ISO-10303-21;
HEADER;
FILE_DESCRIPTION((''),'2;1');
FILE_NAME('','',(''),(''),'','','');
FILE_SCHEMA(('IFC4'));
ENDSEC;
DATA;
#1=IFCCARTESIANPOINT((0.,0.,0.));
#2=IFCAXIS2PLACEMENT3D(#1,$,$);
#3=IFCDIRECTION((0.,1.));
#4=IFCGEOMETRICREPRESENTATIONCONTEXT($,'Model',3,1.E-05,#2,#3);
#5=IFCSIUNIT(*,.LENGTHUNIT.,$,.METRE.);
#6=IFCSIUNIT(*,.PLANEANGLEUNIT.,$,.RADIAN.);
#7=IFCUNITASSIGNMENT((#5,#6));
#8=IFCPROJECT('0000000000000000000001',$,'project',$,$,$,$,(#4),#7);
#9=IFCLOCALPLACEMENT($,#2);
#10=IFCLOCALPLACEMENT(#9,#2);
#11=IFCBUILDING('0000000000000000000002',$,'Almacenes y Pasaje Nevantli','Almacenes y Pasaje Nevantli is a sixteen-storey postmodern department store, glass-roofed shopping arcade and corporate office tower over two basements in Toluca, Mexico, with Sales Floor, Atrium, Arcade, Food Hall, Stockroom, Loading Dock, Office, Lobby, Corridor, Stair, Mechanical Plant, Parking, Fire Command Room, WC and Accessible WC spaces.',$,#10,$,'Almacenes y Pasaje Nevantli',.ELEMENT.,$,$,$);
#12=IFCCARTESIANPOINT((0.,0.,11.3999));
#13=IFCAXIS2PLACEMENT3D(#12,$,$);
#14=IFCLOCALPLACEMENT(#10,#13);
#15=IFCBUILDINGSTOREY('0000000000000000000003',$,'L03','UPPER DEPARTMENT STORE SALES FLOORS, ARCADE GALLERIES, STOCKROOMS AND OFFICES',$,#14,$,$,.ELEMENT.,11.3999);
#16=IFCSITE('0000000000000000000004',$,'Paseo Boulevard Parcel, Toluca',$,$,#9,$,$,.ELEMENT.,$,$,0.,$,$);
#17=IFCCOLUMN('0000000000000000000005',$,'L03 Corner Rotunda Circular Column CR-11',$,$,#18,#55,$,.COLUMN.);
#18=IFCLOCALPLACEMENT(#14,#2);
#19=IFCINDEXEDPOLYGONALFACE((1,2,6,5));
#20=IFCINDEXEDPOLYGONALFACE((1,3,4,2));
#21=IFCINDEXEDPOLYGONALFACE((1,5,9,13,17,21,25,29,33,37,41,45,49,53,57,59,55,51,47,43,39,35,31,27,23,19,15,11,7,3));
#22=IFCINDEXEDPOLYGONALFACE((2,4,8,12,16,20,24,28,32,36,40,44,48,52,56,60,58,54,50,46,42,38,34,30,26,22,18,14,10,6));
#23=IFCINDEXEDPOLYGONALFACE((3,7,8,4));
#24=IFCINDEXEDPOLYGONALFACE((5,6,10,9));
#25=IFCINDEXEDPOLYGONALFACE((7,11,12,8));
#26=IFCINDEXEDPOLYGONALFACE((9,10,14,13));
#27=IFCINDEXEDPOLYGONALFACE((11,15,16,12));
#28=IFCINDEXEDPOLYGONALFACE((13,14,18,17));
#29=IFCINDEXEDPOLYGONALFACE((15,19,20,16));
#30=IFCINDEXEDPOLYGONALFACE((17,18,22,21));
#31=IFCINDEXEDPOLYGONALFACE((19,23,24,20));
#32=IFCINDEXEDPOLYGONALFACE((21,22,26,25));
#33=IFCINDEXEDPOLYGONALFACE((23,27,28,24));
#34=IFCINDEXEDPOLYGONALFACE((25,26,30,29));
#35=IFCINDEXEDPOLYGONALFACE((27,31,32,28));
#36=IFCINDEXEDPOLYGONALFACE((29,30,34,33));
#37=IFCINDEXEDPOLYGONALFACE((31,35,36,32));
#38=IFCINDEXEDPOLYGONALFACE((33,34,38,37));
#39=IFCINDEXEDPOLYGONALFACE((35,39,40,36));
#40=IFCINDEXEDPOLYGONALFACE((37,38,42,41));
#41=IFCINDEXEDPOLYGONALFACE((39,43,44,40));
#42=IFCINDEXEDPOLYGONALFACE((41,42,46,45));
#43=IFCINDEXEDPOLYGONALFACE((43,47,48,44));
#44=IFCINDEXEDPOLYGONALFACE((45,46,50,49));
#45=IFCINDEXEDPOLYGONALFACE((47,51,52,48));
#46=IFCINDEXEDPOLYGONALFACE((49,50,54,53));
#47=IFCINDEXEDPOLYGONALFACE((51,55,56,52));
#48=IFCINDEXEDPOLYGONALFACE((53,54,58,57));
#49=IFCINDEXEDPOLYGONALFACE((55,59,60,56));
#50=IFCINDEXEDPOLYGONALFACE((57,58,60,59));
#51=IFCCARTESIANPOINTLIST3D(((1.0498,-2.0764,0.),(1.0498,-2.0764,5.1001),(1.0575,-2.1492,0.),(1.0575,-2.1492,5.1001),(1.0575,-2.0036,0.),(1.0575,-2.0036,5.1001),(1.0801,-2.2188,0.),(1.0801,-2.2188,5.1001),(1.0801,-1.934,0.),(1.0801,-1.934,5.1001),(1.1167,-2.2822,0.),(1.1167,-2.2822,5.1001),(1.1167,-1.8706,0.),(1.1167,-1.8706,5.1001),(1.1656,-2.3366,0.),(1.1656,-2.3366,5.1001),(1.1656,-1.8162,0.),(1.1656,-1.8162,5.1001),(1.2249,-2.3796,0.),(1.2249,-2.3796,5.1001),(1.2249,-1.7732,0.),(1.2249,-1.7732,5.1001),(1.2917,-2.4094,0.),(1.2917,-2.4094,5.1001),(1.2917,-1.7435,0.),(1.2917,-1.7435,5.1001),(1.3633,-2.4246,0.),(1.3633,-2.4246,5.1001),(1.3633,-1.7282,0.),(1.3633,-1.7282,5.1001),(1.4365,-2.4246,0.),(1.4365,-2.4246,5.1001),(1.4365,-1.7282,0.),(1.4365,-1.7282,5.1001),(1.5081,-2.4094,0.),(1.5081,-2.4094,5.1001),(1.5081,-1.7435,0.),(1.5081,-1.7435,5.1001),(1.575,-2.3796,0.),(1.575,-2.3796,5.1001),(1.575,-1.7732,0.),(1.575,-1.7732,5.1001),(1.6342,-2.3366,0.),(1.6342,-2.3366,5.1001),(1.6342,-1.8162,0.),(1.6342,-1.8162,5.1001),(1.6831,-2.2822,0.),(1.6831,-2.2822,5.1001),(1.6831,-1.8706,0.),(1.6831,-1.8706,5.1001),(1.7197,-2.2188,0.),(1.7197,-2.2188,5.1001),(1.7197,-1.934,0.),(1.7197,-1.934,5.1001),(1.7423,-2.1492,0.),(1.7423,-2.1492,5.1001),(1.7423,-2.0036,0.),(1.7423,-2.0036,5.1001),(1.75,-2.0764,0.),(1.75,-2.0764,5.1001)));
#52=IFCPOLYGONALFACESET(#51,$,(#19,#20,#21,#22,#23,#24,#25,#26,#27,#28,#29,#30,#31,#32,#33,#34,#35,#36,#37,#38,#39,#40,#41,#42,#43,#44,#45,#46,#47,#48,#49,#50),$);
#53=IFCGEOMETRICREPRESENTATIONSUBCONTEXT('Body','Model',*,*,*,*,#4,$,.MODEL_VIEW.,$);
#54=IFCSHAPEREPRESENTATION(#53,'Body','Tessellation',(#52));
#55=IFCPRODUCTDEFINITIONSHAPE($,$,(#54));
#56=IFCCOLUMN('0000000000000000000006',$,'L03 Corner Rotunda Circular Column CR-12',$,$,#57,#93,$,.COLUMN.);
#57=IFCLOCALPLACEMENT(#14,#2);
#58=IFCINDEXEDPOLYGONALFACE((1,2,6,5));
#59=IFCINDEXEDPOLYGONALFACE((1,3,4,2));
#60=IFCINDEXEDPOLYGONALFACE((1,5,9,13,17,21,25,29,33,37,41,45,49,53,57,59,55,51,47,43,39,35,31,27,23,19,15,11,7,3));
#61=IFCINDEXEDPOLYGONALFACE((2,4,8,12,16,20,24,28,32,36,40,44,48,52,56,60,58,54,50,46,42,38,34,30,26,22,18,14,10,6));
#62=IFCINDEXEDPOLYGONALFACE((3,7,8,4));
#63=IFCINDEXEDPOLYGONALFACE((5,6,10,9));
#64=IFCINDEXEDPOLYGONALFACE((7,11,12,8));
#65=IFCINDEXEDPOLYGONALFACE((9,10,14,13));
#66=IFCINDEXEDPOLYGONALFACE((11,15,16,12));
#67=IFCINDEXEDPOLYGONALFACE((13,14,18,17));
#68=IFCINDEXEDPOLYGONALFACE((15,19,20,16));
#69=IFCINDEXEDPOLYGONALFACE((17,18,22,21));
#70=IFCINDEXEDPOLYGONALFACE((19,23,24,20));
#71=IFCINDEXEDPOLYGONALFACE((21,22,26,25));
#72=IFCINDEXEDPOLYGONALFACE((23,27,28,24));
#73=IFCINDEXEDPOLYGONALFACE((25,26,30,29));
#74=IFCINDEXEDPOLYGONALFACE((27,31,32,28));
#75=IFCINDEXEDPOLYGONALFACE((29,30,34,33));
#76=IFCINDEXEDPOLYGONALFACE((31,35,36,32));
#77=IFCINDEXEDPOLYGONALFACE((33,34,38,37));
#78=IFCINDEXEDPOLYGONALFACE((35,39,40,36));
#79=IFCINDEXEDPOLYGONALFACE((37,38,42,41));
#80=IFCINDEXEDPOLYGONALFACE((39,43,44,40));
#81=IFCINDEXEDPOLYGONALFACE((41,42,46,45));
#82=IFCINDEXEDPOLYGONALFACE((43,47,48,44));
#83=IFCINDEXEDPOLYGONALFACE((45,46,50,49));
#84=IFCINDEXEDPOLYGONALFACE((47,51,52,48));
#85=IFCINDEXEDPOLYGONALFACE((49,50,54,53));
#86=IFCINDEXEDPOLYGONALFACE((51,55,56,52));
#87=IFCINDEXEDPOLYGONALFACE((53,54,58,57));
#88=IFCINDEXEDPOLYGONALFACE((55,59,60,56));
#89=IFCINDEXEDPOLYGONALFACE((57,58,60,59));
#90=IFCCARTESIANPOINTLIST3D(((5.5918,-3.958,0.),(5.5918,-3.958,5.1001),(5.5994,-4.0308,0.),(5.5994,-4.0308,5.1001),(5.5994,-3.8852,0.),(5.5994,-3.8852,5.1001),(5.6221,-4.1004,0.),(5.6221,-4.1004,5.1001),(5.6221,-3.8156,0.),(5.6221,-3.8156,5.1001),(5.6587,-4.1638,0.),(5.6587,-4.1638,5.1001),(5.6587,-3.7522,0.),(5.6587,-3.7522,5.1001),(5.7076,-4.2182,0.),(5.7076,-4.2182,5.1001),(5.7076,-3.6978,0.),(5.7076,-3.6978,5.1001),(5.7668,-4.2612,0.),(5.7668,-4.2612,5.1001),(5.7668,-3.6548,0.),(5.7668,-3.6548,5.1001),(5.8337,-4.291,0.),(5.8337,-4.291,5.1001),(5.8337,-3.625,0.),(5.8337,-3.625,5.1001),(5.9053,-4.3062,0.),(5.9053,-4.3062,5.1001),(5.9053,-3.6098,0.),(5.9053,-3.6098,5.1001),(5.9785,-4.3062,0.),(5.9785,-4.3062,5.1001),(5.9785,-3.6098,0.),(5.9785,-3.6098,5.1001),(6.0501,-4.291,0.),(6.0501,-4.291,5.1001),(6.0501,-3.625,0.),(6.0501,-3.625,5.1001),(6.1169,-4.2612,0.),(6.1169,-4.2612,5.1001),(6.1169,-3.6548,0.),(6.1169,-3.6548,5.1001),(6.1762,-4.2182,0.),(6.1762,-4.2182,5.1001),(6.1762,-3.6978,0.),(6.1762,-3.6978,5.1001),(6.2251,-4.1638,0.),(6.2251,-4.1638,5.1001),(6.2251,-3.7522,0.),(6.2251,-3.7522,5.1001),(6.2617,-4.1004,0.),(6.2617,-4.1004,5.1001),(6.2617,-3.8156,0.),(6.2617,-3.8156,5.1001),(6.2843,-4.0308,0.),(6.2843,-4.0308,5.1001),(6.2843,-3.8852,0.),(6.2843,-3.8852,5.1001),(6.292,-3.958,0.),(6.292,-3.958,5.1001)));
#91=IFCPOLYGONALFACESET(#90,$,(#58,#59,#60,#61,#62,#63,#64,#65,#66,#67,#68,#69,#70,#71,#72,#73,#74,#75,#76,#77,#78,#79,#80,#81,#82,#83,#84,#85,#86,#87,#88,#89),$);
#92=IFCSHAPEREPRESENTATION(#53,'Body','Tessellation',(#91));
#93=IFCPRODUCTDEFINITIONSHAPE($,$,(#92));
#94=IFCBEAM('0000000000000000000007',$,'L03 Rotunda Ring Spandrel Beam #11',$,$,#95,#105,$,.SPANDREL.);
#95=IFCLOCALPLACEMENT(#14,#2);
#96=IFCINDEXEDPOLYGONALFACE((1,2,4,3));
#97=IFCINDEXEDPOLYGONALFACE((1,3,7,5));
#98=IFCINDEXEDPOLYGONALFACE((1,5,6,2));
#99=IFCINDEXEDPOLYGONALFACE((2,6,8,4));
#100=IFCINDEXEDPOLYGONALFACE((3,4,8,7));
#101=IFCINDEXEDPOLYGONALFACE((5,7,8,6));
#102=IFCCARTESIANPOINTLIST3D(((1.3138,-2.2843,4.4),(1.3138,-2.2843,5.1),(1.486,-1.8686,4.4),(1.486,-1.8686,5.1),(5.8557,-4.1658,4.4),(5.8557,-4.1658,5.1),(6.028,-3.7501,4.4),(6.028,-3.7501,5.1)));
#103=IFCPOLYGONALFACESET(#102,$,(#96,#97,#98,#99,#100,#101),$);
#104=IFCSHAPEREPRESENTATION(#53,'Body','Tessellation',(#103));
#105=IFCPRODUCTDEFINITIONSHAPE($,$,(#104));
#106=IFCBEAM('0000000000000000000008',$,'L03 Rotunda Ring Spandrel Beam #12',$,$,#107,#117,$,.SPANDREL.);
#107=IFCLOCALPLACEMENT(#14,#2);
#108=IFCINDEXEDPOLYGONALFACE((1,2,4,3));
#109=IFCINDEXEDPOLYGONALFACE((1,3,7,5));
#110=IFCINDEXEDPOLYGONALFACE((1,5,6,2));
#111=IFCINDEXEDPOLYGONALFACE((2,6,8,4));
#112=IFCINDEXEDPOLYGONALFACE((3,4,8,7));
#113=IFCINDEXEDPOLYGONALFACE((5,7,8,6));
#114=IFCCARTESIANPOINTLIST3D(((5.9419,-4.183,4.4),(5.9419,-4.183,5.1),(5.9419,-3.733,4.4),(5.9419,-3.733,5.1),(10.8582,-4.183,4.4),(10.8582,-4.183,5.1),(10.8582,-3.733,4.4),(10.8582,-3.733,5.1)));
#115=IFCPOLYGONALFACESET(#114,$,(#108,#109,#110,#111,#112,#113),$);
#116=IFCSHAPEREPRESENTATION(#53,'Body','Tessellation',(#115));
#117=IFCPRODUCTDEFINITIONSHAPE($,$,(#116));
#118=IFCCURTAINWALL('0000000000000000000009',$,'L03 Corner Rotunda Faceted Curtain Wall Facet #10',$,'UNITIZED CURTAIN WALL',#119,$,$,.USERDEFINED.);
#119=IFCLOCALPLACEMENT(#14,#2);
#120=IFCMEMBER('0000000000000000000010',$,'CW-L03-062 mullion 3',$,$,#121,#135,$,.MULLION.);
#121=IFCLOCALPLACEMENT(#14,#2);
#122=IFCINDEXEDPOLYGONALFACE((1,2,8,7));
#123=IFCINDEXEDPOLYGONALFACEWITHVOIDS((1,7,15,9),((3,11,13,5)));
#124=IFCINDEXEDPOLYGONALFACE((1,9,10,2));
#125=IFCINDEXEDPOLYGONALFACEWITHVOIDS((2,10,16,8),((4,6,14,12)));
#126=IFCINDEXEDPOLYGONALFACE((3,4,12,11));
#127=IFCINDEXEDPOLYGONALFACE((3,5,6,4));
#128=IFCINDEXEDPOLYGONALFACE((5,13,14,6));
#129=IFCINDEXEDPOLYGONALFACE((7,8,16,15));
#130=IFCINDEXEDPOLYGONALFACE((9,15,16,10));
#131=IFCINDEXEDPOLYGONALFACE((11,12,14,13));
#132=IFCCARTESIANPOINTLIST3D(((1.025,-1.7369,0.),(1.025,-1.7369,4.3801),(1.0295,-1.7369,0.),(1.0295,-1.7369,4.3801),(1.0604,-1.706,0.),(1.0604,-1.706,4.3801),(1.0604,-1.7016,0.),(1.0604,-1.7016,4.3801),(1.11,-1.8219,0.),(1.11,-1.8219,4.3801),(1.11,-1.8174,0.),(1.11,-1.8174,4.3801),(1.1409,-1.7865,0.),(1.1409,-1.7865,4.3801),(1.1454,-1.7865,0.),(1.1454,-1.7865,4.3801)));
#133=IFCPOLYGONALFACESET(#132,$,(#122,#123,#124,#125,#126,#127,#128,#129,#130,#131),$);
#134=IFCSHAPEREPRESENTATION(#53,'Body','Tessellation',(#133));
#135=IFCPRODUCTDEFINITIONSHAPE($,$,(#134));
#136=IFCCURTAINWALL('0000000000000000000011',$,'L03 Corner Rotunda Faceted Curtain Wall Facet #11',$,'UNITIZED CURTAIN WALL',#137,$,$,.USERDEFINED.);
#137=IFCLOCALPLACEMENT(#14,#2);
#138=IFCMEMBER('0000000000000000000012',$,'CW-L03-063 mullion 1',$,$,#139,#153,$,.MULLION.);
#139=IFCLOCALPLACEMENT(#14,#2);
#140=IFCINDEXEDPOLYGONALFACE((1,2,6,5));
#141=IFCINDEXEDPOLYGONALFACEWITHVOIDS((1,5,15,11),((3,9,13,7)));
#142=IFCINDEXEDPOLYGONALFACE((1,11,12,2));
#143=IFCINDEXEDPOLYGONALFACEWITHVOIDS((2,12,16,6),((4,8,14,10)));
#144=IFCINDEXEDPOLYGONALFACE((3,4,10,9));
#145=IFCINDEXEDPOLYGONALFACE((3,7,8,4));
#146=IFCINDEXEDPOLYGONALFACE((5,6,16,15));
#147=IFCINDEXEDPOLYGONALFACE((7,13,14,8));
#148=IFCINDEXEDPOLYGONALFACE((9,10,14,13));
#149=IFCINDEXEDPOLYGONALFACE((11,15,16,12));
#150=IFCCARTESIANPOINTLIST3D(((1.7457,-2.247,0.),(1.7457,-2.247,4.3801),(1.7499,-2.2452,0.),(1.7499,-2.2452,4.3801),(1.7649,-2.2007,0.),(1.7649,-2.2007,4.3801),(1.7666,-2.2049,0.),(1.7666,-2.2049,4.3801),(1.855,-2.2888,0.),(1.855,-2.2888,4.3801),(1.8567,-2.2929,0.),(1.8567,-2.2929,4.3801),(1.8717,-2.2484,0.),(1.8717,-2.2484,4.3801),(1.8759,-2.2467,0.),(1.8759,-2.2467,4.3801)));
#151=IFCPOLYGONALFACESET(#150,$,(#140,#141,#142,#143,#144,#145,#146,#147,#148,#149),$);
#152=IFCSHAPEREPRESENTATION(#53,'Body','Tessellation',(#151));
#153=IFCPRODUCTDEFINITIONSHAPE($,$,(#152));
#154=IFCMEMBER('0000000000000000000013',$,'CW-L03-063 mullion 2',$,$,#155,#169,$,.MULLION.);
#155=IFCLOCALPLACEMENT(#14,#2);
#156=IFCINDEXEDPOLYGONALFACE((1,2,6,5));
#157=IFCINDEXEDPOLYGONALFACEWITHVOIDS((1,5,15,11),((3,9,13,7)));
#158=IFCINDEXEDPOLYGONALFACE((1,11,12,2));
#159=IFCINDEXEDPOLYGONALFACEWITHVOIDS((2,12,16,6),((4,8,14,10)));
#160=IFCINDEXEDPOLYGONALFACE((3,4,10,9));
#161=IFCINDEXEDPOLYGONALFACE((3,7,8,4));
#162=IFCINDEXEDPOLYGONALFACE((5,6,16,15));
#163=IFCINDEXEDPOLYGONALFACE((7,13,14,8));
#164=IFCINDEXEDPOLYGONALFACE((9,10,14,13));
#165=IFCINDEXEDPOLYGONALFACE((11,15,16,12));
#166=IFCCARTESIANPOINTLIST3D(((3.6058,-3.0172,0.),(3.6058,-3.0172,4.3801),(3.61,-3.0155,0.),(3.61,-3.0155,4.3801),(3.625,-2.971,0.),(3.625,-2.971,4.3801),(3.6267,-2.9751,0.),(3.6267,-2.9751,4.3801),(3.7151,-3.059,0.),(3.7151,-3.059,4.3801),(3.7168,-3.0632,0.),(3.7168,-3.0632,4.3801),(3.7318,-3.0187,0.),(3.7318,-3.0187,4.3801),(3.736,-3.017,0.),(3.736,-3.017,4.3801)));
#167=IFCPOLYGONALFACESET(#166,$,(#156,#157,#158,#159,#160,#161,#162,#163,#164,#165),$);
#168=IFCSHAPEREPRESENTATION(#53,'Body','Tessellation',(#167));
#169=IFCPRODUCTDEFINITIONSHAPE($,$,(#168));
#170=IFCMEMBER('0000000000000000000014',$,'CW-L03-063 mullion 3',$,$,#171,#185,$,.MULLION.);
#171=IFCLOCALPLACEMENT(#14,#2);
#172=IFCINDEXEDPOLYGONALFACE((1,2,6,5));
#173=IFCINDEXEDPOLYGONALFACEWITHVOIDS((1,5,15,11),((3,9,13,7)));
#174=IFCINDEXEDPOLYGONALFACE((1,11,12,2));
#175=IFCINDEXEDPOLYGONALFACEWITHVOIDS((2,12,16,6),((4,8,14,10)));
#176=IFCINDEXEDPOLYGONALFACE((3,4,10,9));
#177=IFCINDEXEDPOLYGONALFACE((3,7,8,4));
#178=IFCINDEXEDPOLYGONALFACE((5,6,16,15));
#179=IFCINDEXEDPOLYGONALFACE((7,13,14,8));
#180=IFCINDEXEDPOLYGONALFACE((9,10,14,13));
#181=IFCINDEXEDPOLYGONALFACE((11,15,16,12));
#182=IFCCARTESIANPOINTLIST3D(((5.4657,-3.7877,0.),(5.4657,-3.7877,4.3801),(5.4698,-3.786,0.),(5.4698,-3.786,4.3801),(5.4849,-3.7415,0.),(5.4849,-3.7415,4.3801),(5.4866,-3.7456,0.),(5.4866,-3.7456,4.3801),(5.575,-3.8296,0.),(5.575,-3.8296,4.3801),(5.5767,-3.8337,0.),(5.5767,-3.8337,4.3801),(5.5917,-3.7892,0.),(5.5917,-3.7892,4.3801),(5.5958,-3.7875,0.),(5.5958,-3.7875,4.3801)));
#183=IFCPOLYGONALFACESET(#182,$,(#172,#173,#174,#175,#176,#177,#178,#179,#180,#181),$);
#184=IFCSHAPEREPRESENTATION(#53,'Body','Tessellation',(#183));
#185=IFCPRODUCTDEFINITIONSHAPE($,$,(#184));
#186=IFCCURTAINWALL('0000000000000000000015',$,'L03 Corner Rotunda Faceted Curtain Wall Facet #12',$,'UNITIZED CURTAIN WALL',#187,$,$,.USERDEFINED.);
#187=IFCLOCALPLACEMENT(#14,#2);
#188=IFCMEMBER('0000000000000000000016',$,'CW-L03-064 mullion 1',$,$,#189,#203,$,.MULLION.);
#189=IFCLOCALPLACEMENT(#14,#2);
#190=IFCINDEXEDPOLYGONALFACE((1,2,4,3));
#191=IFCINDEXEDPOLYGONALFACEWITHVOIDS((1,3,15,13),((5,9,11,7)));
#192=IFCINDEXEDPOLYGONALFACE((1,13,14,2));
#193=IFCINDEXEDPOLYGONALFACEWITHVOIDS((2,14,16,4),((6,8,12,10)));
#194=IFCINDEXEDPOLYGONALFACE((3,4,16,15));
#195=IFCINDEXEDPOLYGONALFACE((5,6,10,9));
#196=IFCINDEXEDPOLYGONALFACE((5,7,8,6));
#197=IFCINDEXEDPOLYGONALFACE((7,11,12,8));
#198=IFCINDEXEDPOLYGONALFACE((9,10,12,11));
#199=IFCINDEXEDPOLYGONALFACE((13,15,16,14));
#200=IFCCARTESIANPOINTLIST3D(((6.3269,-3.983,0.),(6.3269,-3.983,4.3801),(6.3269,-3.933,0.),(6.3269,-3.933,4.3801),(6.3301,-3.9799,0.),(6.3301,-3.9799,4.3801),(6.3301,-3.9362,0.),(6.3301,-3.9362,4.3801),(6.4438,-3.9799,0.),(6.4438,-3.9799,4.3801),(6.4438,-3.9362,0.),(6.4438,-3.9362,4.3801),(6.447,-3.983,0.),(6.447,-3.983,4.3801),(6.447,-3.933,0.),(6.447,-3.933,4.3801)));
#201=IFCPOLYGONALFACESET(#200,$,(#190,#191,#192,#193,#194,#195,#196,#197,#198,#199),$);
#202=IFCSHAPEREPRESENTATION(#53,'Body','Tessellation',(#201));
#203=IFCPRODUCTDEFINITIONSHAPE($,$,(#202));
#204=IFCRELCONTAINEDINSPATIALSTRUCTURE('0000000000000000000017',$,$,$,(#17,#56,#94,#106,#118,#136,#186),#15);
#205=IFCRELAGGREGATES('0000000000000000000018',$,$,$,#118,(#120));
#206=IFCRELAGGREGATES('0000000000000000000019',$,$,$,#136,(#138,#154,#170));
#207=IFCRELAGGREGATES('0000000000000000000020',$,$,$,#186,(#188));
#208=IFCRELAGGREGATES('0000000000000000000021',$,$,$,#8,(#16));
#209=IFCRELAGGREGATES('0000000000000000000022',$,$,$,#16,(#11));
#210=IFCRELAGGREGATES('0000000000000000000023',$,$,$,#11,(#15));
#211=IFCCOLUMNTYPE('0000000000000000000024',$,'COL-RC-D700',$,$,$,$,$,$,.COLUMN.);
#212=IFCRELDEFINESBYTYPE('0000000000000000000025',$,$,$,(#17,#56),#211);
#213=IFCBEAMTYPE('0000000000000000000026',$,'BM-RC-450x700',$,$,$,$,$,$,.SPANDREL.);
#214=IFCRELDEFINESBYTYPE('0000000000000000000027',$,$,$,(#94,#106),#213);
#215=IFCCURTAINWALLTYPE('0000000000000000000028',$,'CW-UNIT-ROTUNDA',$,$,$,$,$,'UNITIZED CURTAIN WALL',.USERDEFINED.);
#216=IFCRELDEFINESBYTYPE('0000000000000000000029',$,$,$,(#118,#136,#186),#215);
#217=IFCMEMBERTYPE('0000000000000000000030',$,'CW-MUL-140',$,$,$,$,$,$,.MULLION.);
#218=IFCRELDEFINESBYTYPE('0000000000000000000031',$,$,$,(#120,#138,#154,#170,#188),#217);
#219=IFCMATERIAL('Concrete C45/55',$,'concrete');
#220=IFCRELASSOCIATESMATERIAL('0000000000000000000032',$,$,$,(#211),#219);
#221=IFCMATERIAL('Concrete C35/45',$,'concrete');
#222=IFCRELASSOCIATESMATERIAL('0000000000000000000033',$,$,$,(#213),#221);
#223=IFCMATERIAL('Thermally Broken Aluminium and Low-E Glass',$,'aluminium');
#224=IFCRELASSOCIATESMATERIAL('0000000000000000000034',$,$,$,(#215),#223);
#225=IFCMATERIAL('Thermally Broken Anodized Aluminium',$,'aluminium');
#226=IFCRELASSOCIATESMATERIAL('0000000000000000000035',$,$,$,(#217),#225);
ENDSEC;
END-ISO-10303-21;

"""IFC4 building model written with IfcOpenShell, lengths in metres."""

from ifc_helpers import new_model, si_unit, direction, frame, origin, origin_2d, place, context, subcontext, project, spatial, rectangle, hollow_rectangle, circle, extrude, material, material_profile, profile_set, type_object, element, aggregate, save


model = new_model("IFC4")

# Units and contexts
model_context = context("Model", 3, precision=1e-05, world=origin(), true_north=direction((0.0, 1.0)))
body_context = subcontext(model_context, "Body", "Model", "MODEL_VIEW")
ifc_project = project(units=[si_unit("LENGTHUNIT", "METRE"), si_unit("PLANEANGLEUNIT", "RADIAN")], contexts=[model_context])

# Site, building, storey
site_placement = place(None, origin())
site = spatial("IfcSite", under=ifc_project, at=site_placement, Name="Paseo Boulevard Parcel, Toluca", CompositionType="ELEMENT", RefElevation=0.0)
building_placement = place(site_placement, origin())
building = spatial("IfcBuilding", under=site, at=building_placement, Name="Almacenes y Pasaje Nevantli", Description="Almacenes y Pasaje Nevantli is a sixteen-storey postmodern department store, glass-roofed shopping arcade and corporate office tower over two basements in Toluca, Mexico, with Sales Floor, Atrium, Arcade, Food Hall, Stockroom, Loading Dock, Office, Lobby, Corridor, Stair, Mechanical Plant, Parking, Fire Command Room, WC and Accessible WC spaces.", LongName="Almacenes y Pasaje Nevantli", CompositionType="ELEMENT")
storey_placement = place(building_placement, frame((0.0, 0.0, 11.3999)))
storey = spatial("IfcBuildingStorey", under=building, at=storey_placement, Name="L03", Description="UPPER DEPARTMENT STORE SALES FLOORS, ARCADE GALLERIES, STOCKROOMS AND OFFICES", CompositionType="ELEMENT", Elevation=11.3999)

# Columns
ifc_material_1 = material(Name="Concrete C45/55", Category="concrete")
ifc_material_profile_1 = material_profile(ifc_material_1, circle(Radius=0.3501, at=origin_2d()), Name="RC-COL-D700")
ifc_profile_set_1 = profile_set([ifc_material_profile_1], Name="Concrete C45/55")
column_type = type_object("IfcColumnType", Name="COL-RC-D700", PredefinedType="COLUMN", material=ifc_profile_set_1)
for number, where, z_axis, x_axis, name in (
    (1, (1.3999, -2.0764, 0.0), (0.0, 0.0, 1.0), (1.0, 0.0, 0.0), "L03 Corner Rotunda Circular Column CR-11"),
    (2, (5.9419, -3.958, 0.0), (0.0, 0.0, 1.0), (1.0, 0.0, 0.0), "L03 Corner Rotunda Circular Column CR-12"),
):
    element("IfcColumn", number, at=place(storey_placement, frame(where, z_axis=z_axis, x_axis=x_axis)), inside=storey, type_object=column_type, Name=name, PredefinedType="COLUMN", context=body_context, shape_type="SweptSolid", body=[
        extrude(circle(Radius=0.3501, at=origin_2d()), origin(), (0.0, 0.0, 1.0), 5.1001),
    ])

# Beams
ifc_material_2 = material(Name="Concrete C35/45", Category="concrete")
ifc_material_profile_2 = material_profile(ifc_material_2, rectangle(XDim=0.45, YDim=0.7, at=origin_2d()), Name="RC-BM-450x700")
ifc_profile_set_2 = profile_set([ifc_material_profile_2], Name="Concrete C35/45")
beam_type = type_object("IfcBeamType", Name="BM-RC-450x700", PredefinedType="SPANDREL", material=ifc_profile_set_2)
for number, where, z_axis, x_axis, name in (
    (3, (1.3999, -2.0764, 4.75), (0.923862, -0.382725, 0.0), (0.382725, 0.923862, 0.0), "L03 Rotunda Ring Spandrel Beam #11"),
    (4, (5.9419, -3.958, 4.75), (1.0, 0.0, 0.0), (0.0, 1.0, 0.0), "L03 Rotunda Ring Spandrel Beam #12"),
):
    element("IfcBeam", number, at=place(storey_placement, frame(where, z_axis=z_axis, x_axis=x_axis)), inside=storey, type_object=beam_type, Name=name, PredefinedType="SPANDREL", context=body_context, shape_type="SweptSolid", body=[
        extrude(rectangle(XDim=0.45, YDim=0.7, at=origin_2d()), origin(), (0.0, 0.0, 1.0), 4.9163),
    ])

# Curtain wall, member
ifc_material_3 = material(Name="Thermally Broken Aluminium and Low-E Glass", Category="aluminium")
curtain_wall_type = type_object("IfcCurtainWallType", Name="CW-UNIT-ROTUNDA", ElementType="UNITIZED CURTAIN WALL", PredefinedType="USERDEFINED", material=ifc_material_3)
curtain_wall_1_placement = place(storey_placement, origin())
curtain_wall_1 = element("IfcCurtainWall", 5, at=curtain_wall_1_placement, inside=storey, type_object=curtain_wall_type, Name="L03 Corner Rotunda Faceted Curtain Wall Facet #10", ObjectType="UNITIZED CURTAIN WALL", PredefinedType="USERDEFINED")
ifc_material_4 = material(Name="Thermally Broken Anodized Aluminium", Category="aluminium")
ifc_material_profile_3 = material_profile(ifc_material_4, hollow_rectangle(XDim=0.05, YDim=0.1201, WallThickness=0.0032, at=origin_2d()), Name="ALU-MUL-50x120")
ifc_profile_set_3 = profile_set([ifc_material_profile_3], Name="Thermally Broken Anodized Aluminium")
member_type_1 = type_object("IfcMemberType", Name="CW-MUL-140", PredefinedType="MULLION", material=ifc_profile_set_3)
member_1_placement = place(storey_placement, frame((1.0852, -1.7617, 0.0), z_axis=(0.0, 0.0, 1.0), x_axis=(0.707107, 0.707107, 0.0)))
member_1 = element("IfcMember", 6, at=member_1_placement, type_object=member_type_1, Name="CW-L03-062 mullion 3", PredefinedType="MULLION", context=body_context, shape_type="SweptSolid", body=[
    extrude(hollow_rectangle(XDim=0.05, YDim=0.1201, WallThickness=0.0032, at=origin_2d()), origin(), (0.0, 0.0, 1.0), 4.3801),
])

# Curtain walls, members
curtain_wall_2_placement = place(storey_placement, origin())
curtain_wall_2 = element("IfcCurtainWall", 7, at=curtain_wall_2_placement, inside=storey, type_object=curtain_wall_type, Name="L03 Corner Rotunda Faceted Curtain Wall Facet #11", ObjectType="UNITIZED CURTAIN WALL", PredefinedType="USERDEFINED")
member_2_placement = place(storey_placement, frame((1.8108, -2.2468, 0.0), z_axis=(0.0, 0.0, 1.0), x_axis=(0.382698, 0.923873, 0.0)))
member_2 = element("IfcMember", 8, at=member_2_placement, type_object=member_type_1, Name="CW-L03-063 mullion 1", PredefinedType="MULLION", context=body_context, shape_type="SweptSolid", body=[
    extrude(hollow_rectangle(XDim=0.05, YDim=0.1201, WallThickness=0.0032, at=origin_2d()), origin(), (0.0, 0.0, 1.0), 4.3801),
])
member_3_placement = place(storey_placement, frame((3.6709, -3.0171, 0.0), z_axis=(0.0, 0.0, 1.0), x_axis=(0.382698, 0.923873, 0.0)))
member_3 = element("IfcMember", 9, at=member_3_placement, type_object=member_type_1, Name="CW-L03-063 mullion 2", PredefinedType="MULLION", context=body_context, shape_type="SweptSolid", body=[
    extrude(hollow_rectangle(XDim=0.05, YDim=0.1201, WallThickness=0.0032, at=origin_2d()), origin(), (0.0, 0.0, 1.0), 4.3801),
])
member_4_placement = place(storey_placement, frame((5.5308, -3.7876, 0.0), z_axis=(0.0, 0.0, 1.0), x_axis=(0.382698, 0.923873, 0.0)))
member_4 = element("IfcMember", 10, at=member_4_placement, type_object=member_type_1, Name="CW-L03-063 mullion 3", PredefinedType="MULLION", context=body_context, shape_type="SweptSolid", body=[
    extrude(hollow_rectangle(XDim=0.05, YDim=0.1201, WallThickness=0.0032, at=origin_2d()), origin(), (0.0, 0.0, 1.0), 4.3801),
])
curtain_wall_3_placement = place(storey_placement, origin())
curtain_wall_3 = element("IfcCurtainWall", 11, at=curtain_wall_3_placement, inside=storey, type_object=curtain_wall_type, Name="L03 Corner Rotunda Faceted Curtain Wall Facet #12", ObjectType="UNITIZED CURTAIN WALL", PredefinedType="USERDEFINED")
member_5_placement = place(storey_placement, frame((6.387, -3.958, 0.0), z_axis=(0.0, 0.0, 1.0), x_axis=(0.0, 1.0, 0.0)))
member_5 = element("IfcMember", 12, at=member_5_placement, type_object=member_type_1, Name="CW-L03-064 mullion 1", PredefinedType="MULLION", context=body_context, shape_type="SweptSolid", body=[
    extrude(hollow_rectangle(XDim=0.05, YDim=0.1201, WallThickness=0.0032, at=origin_2d()), origin(), (0.0, 0.0, 1.0), 4.3801),
])

aggregate(curtain_wall_1, [member_1])
aggregate(curtain_wall_2, [member_2, member_3, member_4])
aggregate(curtain_wall_3, [member_5])

save(model, "model.ifc")
